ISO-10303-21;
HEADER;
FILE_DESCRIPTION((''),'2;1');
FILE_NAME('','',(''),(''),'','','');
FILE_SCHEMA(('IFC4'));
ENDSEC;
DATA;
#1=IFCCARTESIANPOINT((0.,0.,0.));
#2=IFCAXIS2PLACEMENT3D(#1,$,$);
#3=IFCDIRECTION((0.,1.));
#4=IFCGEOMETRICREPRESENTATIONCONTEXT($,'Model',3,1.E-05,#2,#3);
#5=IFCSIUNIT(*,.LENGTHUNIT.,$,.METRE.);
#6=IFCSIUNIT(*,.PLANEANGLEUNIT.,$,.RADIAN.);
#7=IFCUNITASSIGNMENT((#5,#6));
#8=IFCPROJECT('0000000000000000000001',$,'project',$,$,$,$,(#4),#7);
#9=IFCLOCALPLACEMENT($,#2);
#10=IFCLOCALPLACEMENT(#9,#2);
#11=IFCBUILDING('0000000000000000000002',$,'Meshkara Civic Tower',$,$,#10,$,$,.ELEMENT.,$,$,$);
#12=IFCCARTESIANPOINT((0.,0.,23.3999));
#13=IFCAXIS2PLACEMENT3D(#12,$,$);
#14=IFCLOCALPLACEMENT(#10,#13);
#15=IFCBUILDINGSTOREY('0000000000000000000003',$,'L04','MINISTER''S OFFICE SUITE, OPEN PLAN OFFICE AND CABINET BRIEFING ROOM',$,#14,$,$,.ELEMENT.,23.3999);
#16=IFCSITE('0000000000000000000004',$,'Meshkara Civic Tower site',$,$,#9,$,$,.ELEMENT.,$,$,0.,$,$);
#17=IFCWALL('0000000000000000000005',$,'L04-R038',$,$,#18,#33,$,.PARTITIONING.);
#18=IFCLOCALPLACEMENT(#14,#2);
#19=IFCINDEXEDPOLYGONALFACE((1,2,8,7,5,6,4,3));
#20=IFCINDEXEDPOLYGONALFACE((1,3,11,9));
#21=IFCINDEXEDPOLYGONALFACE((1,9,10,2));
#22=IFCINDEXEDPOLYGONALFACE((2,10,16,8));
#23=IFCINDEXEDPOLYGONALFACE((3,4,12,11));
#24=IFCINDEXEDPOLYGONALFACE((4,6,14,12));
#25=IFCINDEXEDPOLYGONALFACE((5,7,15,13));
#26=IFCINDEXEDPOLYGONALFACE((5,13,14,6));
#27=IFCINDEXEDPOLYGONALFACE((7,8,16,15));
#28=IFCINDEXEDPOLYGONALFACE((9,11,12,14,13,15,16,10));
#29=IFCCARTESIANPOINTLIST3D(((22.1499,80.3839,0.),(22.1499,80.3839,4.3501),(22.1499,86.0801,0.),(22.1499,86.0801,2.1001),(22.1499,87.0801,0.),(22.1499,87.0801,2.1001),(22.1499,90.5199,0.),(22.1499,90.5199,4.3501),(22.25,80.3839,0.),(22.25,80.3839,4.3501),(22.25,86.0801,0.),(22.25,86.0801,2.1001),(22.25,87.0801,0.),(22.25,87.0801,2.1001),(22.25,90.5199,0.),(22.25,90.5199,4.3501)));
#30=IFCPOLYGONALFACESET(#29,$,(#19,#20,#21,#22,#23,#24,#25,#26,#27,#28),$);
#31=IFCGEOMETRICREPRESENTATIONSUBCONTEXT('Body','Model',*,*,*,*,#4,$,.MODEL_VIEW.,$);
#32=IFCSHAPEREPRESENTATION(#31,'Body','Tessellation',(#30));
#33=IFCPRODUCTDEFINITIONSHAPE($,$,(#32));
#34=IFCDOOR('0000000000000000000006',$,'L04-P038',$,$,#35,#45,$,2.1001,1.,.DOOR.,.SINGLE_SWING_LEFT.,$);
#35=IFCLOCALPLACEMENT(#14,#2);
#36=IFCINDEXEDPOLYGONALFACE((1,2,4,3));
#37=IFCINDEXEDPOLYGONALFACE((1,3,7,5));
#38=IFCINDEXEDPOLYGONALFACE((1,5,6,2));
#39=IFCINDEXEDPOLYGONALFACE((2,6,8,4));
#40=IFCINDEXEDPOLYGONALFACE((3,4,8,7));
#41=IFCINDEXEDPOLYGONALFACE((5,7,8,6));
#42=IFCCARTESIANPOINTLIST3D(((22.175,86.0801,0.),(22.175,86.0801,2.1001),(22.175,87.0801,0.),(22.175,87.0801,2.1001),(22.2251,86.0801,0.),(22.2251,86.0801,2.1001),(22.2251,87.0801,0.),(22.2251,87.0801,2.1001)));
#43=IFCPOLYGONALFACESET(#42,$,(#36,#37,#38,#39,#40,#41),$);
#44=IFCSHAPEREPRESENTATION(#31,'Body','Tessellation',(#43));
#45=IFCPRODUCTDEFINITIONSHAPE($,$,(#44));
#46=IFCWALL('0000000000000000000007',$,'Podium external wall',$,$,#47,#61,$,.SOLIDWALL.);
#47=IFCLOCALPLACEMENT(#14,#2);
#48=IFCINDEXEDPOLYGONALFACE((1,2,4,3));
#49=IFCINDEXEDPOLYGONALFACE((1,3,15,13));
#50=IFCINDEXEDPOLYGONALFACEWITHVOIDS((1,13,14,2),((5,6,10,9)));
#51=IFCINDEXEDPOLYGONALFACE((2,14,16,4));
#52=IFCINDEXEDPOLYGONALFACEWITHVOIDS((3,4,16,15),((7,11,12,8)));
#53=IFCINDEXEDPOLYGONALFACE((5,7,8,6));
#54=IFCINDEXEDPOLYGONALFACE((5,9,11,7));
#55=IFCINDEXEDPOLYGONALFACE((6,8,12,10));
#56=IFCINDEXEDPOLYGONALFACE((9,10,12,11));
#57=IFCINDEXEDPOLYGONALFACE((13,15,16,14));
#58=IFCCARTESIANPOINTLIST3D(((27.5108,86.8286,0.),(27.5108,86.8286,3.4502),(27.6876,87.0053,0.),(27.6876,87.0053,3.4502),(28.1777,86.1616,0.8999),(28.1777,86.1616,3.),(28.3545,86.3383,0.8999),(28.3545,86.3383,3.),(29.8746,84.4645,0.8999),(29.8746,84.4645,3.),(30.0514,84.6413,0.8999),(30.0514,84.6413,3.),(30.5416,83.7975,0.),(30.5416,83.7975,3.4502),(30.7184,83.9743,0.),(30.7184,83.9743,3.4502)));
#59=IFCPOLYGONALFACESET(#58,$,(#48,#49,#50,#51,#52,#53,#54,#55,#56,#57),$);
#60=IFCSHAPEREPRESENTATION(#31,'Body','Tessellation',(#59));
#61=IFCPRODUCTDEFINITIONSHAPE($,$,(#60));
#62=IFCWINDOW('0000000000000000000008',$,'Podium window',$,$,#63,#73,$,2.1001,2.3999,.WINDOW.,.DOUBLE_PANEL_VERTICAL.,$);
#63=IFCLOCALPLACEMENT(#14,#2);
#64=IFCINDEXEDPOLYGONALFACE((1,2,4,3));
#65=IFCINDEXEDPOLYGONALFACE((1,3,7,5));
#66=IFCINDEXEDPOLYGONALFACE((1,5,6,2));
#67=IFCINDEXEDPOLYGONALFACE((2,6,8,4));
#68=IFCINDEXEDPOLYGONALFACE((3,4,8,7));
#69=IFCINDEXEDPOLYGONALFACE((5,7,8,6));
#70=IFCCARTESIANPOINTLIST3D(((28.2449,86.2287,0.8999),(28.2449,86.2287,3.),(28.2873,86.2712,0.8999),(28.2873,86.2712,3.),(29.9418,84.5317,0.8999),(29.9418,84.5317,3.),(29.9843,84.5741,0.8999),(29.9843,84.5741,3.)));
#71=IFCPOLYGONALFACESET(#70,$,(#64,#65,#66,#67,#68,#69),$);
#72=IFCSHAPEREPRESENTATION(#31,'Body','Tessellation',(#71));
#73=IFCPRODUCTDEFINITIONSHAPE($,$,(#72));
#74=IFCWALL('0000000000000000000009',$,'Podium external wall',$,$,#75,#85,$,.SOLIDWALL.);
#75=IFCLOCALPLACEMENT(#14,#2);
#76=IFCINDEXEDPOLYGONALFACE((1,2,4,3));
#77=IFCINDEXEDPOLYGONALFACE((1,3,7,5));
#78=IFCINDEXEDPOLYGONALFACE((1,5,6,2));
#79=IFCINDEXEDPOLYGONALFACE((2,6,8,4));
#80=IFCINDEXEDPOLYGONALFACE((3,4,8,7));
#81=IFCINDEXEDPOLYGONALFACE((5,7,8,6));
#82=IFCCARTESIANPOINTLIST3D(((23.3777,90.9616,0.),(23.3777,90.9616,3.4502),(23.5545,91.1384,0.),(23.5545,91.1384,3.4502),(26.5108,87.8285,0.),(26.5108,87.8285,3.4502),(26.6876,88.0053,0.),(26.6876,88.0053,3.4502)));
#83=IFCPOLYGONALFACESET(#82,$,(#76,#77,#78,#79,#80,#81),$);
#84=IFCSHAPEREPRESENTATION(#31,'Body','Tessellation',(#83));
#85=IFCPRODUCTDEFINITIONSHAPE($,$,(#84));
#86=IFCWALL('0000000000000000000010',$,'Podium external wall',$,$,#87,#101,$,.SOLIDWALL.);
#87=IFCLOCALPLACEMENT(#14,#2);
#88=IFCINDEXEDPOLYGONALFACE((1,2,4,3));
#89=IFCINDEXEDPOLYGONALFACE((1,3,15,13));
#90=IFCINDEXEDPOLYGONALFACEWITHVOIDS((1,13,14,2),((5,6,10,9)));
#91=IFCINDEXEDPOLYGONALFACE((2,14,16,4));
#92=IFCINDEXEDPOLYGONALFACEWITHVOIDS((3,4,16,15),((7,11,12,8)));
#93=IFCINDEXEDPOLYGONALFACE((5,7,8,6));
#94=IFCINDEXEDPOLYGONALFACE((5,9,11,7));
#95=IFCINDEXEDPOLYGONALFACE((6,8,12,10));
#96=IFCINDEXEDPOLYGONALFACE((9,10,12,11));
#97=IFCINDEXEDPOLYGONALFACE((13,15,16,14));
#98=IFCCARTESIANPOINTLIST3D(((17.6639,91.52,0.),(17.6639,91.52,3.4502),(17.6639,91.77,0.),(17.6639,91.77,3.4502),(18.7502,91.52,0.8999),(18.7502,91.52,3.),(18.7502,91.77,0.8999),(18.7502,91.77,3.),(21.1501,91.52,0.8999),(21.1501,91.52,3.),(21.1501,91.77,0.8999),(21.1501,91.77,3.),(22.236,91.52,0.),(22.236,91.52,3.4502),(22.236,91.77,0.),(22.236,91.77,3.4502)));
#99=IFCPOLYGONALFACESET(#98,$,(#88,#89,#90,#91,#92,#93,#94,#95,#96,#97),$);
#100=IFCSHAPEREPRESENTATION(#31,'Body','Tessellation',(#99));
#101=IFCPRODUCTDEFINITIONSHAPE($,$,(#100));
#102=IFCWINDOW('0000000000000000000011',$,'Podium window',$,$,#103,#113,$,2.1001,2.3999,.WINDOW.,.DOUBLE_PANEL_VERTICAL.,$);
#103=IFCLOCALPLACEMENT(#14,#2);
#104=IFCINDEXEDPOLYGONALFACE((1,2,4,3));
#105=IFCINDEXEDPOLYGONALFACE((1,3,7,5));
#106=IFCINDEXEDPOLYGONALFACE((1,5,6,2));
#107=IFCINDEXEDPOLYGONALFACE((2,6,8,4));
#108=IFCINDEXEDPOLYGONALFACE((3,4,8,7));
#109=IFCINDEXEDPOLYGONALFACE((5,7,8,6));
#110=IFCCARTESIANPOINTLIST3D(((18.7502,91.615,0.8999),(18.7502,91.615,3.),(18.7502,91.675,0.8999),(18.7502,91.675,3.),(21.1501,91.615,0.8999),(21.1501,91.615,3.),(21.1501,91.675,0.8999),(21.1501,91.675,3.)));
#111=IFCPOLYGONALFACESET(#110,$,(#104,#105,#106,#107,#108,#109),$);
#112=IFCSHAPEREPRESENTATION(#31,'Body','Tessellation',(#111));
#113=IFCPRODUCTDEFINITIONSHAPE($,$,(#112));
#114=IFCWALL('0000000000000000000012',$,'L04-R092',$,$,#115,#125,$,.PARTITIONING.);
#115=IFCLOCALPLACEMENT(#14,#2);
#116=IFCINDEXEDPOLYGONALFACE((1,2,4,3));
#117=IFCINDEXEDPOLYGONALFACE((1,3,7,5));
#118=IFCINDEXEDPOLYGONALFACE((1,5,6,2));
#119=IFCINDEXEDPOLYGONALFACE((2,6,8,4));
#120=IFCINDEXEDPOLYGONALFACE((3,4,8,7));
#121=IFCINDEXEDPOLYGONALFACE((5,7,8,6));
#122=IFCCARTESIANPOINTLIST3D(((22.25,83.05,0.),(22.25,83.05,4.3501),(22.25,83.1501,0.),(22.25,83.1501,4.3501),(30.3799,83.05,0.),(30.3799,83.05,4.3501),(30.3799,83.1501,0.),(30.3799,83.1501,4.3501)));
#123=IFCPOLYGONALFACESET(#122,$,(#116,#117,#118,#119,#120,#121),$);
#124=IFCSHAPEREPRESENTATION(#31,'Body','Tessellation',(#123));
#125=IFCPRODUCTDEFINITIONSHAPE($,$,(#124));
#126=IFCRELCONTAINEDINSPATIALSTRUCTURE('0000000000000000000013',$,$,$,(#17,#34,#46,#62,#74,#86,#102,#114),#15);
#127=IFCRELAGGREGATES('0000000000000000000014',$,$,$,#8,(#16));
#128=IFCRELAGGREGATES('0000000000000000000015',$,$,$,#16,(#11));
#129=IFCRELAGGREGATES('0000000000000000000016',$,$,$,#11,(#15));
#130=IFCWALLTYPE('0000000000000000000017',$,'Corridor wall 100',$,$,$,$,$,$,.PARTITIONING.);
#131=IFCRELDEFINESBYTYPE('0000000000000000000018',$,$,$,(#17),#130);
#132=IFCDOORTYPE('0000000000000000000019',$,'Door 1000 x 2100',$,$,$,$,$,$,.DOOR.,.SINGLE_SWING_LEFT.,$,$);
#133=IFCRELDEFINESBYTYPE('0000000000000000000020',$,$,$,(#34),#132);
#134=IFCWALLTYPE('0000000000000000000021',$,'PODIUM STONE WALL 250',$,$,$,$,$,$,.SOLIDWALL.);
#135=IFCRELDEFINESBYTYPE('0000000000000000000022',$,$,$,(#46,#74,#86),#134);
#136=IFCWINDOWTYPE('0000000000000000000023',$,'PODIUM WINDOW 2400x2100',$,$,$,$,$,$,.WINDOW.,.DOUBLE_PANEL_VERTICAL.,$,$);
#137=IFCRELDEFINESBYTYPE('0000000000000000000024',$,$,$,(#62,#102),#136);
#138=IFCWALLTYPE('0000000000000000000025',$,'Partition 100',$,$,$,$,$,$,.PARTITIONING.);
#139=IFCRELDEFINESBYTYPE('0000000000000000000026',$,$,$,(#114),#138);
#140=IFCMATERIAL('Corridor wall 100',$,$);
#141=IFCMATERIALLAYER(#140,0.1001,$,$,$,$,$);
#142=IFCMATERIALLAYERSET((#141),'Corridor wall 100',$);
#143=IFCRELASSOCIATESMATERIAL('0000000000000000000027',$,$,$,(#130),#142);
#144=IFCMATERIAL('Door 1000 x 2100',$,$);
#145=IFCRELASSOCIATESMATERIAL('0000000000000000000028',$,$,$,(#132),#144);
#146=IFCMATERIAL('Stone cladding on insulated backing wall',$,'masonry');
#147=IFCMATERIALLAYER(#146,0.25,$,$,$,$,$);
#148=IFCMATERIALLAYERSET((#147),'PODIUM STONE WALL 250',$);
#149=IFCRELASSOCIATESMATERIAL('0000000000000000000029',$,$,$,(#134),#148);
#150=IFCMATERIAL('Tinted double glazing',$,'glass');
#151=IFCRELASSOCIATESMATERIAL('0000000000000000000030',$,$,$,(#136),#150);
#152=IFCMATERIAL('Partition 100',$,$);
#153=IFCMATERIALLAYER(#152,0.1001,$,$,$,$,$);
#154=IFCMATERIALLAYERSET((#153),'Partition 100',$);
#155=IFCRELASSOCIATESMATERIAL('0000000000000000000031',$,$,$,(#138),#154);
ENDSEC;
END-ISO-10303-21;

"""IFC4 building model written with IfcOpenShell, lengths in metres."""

from ifc_helpers import new_model, si_unit, direction, frame, frame_2d, origin, place, context, subcontext, project, spatial, rectangle, extrude, material, layer, layer_set, type_object, element, fill, save


model = new_model("IFC4")

# Units and contexts
model_context = context("Model", 3, precision=1e-05, world=origin(), true_north=direction((0.0, 1.0)))
body_context = subcontext(model_context, "Body", "Model", "MODEL_VIEW")
ifc_project = project(units=[si_unit("LENGTHUNIT", "METRE"), si_unit("PLANEANGLEUNIT", "RADIAN")], contexts=[model_context])

# Site, building, storey
site_placement = place(None, origin())
site = spatial("IfcSite", under=ifc_project, at=site_placement, Name="Meshkara Civic Tower site", CompositionType="ELEMENT", RefElevation=0.0)
building_placement = place(site_placement, origin())
building = spatial("IfcBuilding", under=site, at=building_placement, Name="Meshkara Civic Tower", CompositionType="ELEMENT")
storey_placement = place(building_placement, frame((0.0, 0.0, 23.3999)))
storey = spatial("IfcBuildingStorey", under=building, at=storey_placement, Name="L04", Description="MINISTER'S OFFICE SUITE, OPEN PLAN OFFICE AND CABINET BRIEFING ROOM", CompositionType="ELEMENT", Elevation=23.3999)

# Shared definitions
ifc_material_1 = material(Name="Corridor wall 100")
ifc_layer_1 = layer(ifc_material_1, 0.1001)
ifc_layer_set_1 = layer_set([ifc_layer_1], Name="Corridor wall 100")
wall_type_1 = type_object("IfcWallType", Name="Corridor wall 100", PredefinedType="PARTITIONING", material=ifc_layer_set_1)
ifc_material_2 = material(Name="Door 1000 x 2100")
door_type = type_object("IfcDoorType", Name="Door 1000 x 2100", OperationType="SINGLE_SWING_LEFT", PredefinedType="DOOR", material=ifc_material_2)

# Wall, opening, door
wall_1_placement = place(storey_placement, frame((22.2, 80.384, 0.0), z_axis=(0.0, 0.0, 1.0), x_axis=(0.0, 1.0, 0.0)))
wall_1 = element("IfcWall", 1, at=wall_1_placement, inside=storey, type_object=wall_type_1, Name="L04-R038", PredefinedType="PARTITIONING", context=body_context, shape_type="SweptSolid", body=[
    extrude(rectangle(XDim=10.136, YDim=0.1001, at=frame_2d((5.0679, 0.0))), origin(), (0.0, 0.0, 1.0), 4.3501),
])
opening_1_placement = place(wall_1_placement, frame((5.696, 0.0, 0.0)))
opening_1 = element("IfcOpeningElement", 2, at=opening_1_placement, cuts=wall_1, PredefinedType="OPENING", context=body_context, shape_type="SweptSolid", body=[
    extrude(rectangle(XDim=1.0, YDim=2.1001, at=frame_2d((0.5, 1.05))), frame((0.0, 0.0601, 0.0), z_axis=(0.0, -1.0, 0.0), x_axis=(1.0, 0.0, 0.0)), (0.0, 0.0, 1.0), 0.1201),
])
door_1_placement = place(opening_1_placement, origin())
door_1 = element("IfcDoor", 3, at=door_1_placement, inside=storey, type_object=door_type, Name="L04-P038", OperationType="SINGLE_SWING_LEFT", OverallHeight=2.1001, OverallWidth=1.0, PredefinedType="DOOR", context=body_context, shape_type="SweptSolid", body=[
    extrude(rectangle(XDim=1.0, YDim=2.1001, at=frame_2d((0.5, 1.05))), frame((0.0, 0.0249, 0.0), z_axis=(0.0, -1.0, 0.0), x_axis=(1.0, 0.0, 0.0)), (0.0, 0.0, 1.0), 0.05),
])
fill(opening_1, door_1)

# Wall, opening, window
ifc_material_3 = material(Name="Stone cladding on insulated backing wall", Category="masonry")
ifc_layer_2 = layer(ifc_material_3, 0.25)
ifc_layer_set_2 = layer_set([ifc_layer_2], Name="PODIUM STONE WALL 250")
wall_type_2 = type_object("IfcWallType", Name="PODIUM STONE WALL 250", PredefinedType="SOLIDWALL", material=ifc_layer_set_2)
wall_2_placement = place(storey_placement, frame((30.6299, 83.886, 0.0), z_axis=(0.0, 0.0, 1.0), x_axis=(-0.707078, 0.707135, 0.0)))
wall_2 = element("IfcWall", 4, at=wall_2_placement, inside=storey, type_object=wall_type_2, Name="Podium external wall", PredefinedType="SOLIDWALL", context=body_context, shape_type="SweptSolid", body=[
    extrude(rectangle(XDim=4.2864, YDim=0.25, at=frame_2d((2.1431, 0.0))), origin(), (0.0, 0.0, 1.0), 3.4502),
])
opening_2_placement = place(wall_2_placement, frame((0.9431, 0.0, 0.8999)))
opening_2 = element("IfcOpeningElement", 5, at=opening_2_placement, cuts=wall_2, PredefinedType="OPENING", context=body_context, shape_type="SweptSolid", body=[
    extrude(rectangle(XDim=2.3999, YDim=2.1001, at=frame_2d((1.2, 1.05))), frame((0.0, 0.135, 0.0), z_axis=(0.0, -1.0, 0.0), x_axis=(1.0, 0.0, 0.0)), (0.0, 0.0, 1.0), 0.27),
])
ifc_material_4 = material(Name="Tinted double glazing", Category="glass")
window_type = type_object("IfcWindowType", Name="PODIUM WINDOW 2400x2100", PartitioningType="DOUBLE_PANEL_VERTICAL", PredefinedType="WINDOW", material=ifc_material_4)
window_1_placement = place(opening_2_placement, origin())
window_1 = element("IfcWindow", 6, at=window_1_placement, inside=storey, type_object=window_type, Name="Podium window", OverallHeight=2.1001, OverallWidth=2.3999, PartitioningType="DOUBLE_PANEL_VERTICAL", PredefinedType="WINDOW", context=body_context, shape_type="SweptSolid", body=[
    extrude(rectangle(XDim=2.3999, YDim=2.1001, at=frame_2d((1.2, 1.05))), frame((0.0, 0.03, 0.0), z_axis=(0.0, -1.0, 0.0), x_axis=(1.0, 0.0, 0.0)), (0.0, 0.0, 1.0), 0.0601),
])
fill(opening_2, window_1)

# Wall
wall_3_placement = place(storey_placement, frame((26.5991, 87.917, 0.0), z_axis=(0.0, 0.0, 1.0), x_axis=(-0.707107, 0.707107, 0.0)))
element("IfcWall", 7, at=wall_3_placement, inside=storey, type_object=wall_type_2, Name="Podium external wall", PredefinedType="SOLIDWALL", context=body_context, shape_type="SweptSolid", body=[
    extrude(rectangle(XDim=4.4309, YDim=0.25, at=frame_2d((2.2153, 0.0))), origin(), (0.0, 0.0, 1.0), 3.4502),
])

# Wall, opening, window
wall_4_placement = place(storey_placement, frame((22.2361, 91.645, 0.0), z_axis=(0.0, 0.0, 1.0), x_axis=(-1.0, 0.0, 0.0)))
wall_4 = element("IfcWall", 8, at=wall_4_placement, inside=storey, type_object=wall_type_2, Name="Podium external wall", PredefinedType="SOLIDWALL", context=body_context, shape_type="SweptSolid", body=[
    extrude(rectangle(XDim=4.572, YDim=0.25, at=frame_2d((2.2861, 0.0))), origin(), (0.0, 0.0, 1.0), 3.4502),
])
opening_3_placement = place(wall_4_placement, frame((1.0859, 0.0, 0.8999)))
opening_3 = element("IfcOpeningElement", 9, at=opening_3_placement, cuts=wall_4, PredefinedType="OPENING", context=body_context, shape_type="SweptSolid", body=[
    extrude(rectangle(XDim=2.3999, YDim=2.1001, at=frame_2d((1.2, 1.05))), frame((0.0, 0.135, 0.0), z_axis=(0.0, -1.0, 0.0), x_axis=(1.0, 0.0, 0.0)), (0.0, 0.0, 1.0), 0.27),
])
window_2_placement = place(opening_3_placement, origin())
window_2 = element("IfcWindow", 10, at=window_2_placement, inside=storey, type_object=window_type, Name="Podium window", OverallHeight=2.1001, OverallWidth=2.3999, PartitioningType="DOUBLE_PANEL_VERTICAL", PredefinedType="WINDOW", context=body_context, shape_type="SweptSolid", body=[
    extrude(rectangle(XDim=2.3999, YDim=2.1001, at=frame_2d((1.2, 1.05))), frame((0.0, 0.03, 0.0), z_axis=(0.0, -1.0, 0.0), x_axis=(1.0, 0.0, 0.0)), (0.0, 0.0, 1.0), 0.0601),
])
fill(opening_3, window_2)

# Wall
ifc_material_5 = material(Name="Partition 100")
ifc_layer_3 = layer(ifc_material_5, 0.1001)
ifc_layer_set_3 = layer_set([ifc_layer_3], Name="Partition 100")
wall_type_3 = type_object("IfcWallType", Name="Partition 100", PredefinedType="PARTITIONING", material=ifc_layer_set_3)
wall_5_placement = place(storey_placement, frame((30.3799, 83.1001, 0.0), z_axis=(0.0, 0.0, 1.0), x_axis=(-1.0, 0.0, 0.0)))
element("IfcWall", 11, at=wall_5_placement, inside=storey, type_object=wall_type_3, Name="L04-R092", PredefinedType="PARTITIONING", context=body_context, shape_type="SweptSolid", body=[
    extrude(rectangle(XDim=8.1299, YDim=0.1001, at=frame_2d((4.0649, 0.0))), origin(), (0.0, 0.0, 1.0), 4.3501),
])

save(model, "model.ifc")
